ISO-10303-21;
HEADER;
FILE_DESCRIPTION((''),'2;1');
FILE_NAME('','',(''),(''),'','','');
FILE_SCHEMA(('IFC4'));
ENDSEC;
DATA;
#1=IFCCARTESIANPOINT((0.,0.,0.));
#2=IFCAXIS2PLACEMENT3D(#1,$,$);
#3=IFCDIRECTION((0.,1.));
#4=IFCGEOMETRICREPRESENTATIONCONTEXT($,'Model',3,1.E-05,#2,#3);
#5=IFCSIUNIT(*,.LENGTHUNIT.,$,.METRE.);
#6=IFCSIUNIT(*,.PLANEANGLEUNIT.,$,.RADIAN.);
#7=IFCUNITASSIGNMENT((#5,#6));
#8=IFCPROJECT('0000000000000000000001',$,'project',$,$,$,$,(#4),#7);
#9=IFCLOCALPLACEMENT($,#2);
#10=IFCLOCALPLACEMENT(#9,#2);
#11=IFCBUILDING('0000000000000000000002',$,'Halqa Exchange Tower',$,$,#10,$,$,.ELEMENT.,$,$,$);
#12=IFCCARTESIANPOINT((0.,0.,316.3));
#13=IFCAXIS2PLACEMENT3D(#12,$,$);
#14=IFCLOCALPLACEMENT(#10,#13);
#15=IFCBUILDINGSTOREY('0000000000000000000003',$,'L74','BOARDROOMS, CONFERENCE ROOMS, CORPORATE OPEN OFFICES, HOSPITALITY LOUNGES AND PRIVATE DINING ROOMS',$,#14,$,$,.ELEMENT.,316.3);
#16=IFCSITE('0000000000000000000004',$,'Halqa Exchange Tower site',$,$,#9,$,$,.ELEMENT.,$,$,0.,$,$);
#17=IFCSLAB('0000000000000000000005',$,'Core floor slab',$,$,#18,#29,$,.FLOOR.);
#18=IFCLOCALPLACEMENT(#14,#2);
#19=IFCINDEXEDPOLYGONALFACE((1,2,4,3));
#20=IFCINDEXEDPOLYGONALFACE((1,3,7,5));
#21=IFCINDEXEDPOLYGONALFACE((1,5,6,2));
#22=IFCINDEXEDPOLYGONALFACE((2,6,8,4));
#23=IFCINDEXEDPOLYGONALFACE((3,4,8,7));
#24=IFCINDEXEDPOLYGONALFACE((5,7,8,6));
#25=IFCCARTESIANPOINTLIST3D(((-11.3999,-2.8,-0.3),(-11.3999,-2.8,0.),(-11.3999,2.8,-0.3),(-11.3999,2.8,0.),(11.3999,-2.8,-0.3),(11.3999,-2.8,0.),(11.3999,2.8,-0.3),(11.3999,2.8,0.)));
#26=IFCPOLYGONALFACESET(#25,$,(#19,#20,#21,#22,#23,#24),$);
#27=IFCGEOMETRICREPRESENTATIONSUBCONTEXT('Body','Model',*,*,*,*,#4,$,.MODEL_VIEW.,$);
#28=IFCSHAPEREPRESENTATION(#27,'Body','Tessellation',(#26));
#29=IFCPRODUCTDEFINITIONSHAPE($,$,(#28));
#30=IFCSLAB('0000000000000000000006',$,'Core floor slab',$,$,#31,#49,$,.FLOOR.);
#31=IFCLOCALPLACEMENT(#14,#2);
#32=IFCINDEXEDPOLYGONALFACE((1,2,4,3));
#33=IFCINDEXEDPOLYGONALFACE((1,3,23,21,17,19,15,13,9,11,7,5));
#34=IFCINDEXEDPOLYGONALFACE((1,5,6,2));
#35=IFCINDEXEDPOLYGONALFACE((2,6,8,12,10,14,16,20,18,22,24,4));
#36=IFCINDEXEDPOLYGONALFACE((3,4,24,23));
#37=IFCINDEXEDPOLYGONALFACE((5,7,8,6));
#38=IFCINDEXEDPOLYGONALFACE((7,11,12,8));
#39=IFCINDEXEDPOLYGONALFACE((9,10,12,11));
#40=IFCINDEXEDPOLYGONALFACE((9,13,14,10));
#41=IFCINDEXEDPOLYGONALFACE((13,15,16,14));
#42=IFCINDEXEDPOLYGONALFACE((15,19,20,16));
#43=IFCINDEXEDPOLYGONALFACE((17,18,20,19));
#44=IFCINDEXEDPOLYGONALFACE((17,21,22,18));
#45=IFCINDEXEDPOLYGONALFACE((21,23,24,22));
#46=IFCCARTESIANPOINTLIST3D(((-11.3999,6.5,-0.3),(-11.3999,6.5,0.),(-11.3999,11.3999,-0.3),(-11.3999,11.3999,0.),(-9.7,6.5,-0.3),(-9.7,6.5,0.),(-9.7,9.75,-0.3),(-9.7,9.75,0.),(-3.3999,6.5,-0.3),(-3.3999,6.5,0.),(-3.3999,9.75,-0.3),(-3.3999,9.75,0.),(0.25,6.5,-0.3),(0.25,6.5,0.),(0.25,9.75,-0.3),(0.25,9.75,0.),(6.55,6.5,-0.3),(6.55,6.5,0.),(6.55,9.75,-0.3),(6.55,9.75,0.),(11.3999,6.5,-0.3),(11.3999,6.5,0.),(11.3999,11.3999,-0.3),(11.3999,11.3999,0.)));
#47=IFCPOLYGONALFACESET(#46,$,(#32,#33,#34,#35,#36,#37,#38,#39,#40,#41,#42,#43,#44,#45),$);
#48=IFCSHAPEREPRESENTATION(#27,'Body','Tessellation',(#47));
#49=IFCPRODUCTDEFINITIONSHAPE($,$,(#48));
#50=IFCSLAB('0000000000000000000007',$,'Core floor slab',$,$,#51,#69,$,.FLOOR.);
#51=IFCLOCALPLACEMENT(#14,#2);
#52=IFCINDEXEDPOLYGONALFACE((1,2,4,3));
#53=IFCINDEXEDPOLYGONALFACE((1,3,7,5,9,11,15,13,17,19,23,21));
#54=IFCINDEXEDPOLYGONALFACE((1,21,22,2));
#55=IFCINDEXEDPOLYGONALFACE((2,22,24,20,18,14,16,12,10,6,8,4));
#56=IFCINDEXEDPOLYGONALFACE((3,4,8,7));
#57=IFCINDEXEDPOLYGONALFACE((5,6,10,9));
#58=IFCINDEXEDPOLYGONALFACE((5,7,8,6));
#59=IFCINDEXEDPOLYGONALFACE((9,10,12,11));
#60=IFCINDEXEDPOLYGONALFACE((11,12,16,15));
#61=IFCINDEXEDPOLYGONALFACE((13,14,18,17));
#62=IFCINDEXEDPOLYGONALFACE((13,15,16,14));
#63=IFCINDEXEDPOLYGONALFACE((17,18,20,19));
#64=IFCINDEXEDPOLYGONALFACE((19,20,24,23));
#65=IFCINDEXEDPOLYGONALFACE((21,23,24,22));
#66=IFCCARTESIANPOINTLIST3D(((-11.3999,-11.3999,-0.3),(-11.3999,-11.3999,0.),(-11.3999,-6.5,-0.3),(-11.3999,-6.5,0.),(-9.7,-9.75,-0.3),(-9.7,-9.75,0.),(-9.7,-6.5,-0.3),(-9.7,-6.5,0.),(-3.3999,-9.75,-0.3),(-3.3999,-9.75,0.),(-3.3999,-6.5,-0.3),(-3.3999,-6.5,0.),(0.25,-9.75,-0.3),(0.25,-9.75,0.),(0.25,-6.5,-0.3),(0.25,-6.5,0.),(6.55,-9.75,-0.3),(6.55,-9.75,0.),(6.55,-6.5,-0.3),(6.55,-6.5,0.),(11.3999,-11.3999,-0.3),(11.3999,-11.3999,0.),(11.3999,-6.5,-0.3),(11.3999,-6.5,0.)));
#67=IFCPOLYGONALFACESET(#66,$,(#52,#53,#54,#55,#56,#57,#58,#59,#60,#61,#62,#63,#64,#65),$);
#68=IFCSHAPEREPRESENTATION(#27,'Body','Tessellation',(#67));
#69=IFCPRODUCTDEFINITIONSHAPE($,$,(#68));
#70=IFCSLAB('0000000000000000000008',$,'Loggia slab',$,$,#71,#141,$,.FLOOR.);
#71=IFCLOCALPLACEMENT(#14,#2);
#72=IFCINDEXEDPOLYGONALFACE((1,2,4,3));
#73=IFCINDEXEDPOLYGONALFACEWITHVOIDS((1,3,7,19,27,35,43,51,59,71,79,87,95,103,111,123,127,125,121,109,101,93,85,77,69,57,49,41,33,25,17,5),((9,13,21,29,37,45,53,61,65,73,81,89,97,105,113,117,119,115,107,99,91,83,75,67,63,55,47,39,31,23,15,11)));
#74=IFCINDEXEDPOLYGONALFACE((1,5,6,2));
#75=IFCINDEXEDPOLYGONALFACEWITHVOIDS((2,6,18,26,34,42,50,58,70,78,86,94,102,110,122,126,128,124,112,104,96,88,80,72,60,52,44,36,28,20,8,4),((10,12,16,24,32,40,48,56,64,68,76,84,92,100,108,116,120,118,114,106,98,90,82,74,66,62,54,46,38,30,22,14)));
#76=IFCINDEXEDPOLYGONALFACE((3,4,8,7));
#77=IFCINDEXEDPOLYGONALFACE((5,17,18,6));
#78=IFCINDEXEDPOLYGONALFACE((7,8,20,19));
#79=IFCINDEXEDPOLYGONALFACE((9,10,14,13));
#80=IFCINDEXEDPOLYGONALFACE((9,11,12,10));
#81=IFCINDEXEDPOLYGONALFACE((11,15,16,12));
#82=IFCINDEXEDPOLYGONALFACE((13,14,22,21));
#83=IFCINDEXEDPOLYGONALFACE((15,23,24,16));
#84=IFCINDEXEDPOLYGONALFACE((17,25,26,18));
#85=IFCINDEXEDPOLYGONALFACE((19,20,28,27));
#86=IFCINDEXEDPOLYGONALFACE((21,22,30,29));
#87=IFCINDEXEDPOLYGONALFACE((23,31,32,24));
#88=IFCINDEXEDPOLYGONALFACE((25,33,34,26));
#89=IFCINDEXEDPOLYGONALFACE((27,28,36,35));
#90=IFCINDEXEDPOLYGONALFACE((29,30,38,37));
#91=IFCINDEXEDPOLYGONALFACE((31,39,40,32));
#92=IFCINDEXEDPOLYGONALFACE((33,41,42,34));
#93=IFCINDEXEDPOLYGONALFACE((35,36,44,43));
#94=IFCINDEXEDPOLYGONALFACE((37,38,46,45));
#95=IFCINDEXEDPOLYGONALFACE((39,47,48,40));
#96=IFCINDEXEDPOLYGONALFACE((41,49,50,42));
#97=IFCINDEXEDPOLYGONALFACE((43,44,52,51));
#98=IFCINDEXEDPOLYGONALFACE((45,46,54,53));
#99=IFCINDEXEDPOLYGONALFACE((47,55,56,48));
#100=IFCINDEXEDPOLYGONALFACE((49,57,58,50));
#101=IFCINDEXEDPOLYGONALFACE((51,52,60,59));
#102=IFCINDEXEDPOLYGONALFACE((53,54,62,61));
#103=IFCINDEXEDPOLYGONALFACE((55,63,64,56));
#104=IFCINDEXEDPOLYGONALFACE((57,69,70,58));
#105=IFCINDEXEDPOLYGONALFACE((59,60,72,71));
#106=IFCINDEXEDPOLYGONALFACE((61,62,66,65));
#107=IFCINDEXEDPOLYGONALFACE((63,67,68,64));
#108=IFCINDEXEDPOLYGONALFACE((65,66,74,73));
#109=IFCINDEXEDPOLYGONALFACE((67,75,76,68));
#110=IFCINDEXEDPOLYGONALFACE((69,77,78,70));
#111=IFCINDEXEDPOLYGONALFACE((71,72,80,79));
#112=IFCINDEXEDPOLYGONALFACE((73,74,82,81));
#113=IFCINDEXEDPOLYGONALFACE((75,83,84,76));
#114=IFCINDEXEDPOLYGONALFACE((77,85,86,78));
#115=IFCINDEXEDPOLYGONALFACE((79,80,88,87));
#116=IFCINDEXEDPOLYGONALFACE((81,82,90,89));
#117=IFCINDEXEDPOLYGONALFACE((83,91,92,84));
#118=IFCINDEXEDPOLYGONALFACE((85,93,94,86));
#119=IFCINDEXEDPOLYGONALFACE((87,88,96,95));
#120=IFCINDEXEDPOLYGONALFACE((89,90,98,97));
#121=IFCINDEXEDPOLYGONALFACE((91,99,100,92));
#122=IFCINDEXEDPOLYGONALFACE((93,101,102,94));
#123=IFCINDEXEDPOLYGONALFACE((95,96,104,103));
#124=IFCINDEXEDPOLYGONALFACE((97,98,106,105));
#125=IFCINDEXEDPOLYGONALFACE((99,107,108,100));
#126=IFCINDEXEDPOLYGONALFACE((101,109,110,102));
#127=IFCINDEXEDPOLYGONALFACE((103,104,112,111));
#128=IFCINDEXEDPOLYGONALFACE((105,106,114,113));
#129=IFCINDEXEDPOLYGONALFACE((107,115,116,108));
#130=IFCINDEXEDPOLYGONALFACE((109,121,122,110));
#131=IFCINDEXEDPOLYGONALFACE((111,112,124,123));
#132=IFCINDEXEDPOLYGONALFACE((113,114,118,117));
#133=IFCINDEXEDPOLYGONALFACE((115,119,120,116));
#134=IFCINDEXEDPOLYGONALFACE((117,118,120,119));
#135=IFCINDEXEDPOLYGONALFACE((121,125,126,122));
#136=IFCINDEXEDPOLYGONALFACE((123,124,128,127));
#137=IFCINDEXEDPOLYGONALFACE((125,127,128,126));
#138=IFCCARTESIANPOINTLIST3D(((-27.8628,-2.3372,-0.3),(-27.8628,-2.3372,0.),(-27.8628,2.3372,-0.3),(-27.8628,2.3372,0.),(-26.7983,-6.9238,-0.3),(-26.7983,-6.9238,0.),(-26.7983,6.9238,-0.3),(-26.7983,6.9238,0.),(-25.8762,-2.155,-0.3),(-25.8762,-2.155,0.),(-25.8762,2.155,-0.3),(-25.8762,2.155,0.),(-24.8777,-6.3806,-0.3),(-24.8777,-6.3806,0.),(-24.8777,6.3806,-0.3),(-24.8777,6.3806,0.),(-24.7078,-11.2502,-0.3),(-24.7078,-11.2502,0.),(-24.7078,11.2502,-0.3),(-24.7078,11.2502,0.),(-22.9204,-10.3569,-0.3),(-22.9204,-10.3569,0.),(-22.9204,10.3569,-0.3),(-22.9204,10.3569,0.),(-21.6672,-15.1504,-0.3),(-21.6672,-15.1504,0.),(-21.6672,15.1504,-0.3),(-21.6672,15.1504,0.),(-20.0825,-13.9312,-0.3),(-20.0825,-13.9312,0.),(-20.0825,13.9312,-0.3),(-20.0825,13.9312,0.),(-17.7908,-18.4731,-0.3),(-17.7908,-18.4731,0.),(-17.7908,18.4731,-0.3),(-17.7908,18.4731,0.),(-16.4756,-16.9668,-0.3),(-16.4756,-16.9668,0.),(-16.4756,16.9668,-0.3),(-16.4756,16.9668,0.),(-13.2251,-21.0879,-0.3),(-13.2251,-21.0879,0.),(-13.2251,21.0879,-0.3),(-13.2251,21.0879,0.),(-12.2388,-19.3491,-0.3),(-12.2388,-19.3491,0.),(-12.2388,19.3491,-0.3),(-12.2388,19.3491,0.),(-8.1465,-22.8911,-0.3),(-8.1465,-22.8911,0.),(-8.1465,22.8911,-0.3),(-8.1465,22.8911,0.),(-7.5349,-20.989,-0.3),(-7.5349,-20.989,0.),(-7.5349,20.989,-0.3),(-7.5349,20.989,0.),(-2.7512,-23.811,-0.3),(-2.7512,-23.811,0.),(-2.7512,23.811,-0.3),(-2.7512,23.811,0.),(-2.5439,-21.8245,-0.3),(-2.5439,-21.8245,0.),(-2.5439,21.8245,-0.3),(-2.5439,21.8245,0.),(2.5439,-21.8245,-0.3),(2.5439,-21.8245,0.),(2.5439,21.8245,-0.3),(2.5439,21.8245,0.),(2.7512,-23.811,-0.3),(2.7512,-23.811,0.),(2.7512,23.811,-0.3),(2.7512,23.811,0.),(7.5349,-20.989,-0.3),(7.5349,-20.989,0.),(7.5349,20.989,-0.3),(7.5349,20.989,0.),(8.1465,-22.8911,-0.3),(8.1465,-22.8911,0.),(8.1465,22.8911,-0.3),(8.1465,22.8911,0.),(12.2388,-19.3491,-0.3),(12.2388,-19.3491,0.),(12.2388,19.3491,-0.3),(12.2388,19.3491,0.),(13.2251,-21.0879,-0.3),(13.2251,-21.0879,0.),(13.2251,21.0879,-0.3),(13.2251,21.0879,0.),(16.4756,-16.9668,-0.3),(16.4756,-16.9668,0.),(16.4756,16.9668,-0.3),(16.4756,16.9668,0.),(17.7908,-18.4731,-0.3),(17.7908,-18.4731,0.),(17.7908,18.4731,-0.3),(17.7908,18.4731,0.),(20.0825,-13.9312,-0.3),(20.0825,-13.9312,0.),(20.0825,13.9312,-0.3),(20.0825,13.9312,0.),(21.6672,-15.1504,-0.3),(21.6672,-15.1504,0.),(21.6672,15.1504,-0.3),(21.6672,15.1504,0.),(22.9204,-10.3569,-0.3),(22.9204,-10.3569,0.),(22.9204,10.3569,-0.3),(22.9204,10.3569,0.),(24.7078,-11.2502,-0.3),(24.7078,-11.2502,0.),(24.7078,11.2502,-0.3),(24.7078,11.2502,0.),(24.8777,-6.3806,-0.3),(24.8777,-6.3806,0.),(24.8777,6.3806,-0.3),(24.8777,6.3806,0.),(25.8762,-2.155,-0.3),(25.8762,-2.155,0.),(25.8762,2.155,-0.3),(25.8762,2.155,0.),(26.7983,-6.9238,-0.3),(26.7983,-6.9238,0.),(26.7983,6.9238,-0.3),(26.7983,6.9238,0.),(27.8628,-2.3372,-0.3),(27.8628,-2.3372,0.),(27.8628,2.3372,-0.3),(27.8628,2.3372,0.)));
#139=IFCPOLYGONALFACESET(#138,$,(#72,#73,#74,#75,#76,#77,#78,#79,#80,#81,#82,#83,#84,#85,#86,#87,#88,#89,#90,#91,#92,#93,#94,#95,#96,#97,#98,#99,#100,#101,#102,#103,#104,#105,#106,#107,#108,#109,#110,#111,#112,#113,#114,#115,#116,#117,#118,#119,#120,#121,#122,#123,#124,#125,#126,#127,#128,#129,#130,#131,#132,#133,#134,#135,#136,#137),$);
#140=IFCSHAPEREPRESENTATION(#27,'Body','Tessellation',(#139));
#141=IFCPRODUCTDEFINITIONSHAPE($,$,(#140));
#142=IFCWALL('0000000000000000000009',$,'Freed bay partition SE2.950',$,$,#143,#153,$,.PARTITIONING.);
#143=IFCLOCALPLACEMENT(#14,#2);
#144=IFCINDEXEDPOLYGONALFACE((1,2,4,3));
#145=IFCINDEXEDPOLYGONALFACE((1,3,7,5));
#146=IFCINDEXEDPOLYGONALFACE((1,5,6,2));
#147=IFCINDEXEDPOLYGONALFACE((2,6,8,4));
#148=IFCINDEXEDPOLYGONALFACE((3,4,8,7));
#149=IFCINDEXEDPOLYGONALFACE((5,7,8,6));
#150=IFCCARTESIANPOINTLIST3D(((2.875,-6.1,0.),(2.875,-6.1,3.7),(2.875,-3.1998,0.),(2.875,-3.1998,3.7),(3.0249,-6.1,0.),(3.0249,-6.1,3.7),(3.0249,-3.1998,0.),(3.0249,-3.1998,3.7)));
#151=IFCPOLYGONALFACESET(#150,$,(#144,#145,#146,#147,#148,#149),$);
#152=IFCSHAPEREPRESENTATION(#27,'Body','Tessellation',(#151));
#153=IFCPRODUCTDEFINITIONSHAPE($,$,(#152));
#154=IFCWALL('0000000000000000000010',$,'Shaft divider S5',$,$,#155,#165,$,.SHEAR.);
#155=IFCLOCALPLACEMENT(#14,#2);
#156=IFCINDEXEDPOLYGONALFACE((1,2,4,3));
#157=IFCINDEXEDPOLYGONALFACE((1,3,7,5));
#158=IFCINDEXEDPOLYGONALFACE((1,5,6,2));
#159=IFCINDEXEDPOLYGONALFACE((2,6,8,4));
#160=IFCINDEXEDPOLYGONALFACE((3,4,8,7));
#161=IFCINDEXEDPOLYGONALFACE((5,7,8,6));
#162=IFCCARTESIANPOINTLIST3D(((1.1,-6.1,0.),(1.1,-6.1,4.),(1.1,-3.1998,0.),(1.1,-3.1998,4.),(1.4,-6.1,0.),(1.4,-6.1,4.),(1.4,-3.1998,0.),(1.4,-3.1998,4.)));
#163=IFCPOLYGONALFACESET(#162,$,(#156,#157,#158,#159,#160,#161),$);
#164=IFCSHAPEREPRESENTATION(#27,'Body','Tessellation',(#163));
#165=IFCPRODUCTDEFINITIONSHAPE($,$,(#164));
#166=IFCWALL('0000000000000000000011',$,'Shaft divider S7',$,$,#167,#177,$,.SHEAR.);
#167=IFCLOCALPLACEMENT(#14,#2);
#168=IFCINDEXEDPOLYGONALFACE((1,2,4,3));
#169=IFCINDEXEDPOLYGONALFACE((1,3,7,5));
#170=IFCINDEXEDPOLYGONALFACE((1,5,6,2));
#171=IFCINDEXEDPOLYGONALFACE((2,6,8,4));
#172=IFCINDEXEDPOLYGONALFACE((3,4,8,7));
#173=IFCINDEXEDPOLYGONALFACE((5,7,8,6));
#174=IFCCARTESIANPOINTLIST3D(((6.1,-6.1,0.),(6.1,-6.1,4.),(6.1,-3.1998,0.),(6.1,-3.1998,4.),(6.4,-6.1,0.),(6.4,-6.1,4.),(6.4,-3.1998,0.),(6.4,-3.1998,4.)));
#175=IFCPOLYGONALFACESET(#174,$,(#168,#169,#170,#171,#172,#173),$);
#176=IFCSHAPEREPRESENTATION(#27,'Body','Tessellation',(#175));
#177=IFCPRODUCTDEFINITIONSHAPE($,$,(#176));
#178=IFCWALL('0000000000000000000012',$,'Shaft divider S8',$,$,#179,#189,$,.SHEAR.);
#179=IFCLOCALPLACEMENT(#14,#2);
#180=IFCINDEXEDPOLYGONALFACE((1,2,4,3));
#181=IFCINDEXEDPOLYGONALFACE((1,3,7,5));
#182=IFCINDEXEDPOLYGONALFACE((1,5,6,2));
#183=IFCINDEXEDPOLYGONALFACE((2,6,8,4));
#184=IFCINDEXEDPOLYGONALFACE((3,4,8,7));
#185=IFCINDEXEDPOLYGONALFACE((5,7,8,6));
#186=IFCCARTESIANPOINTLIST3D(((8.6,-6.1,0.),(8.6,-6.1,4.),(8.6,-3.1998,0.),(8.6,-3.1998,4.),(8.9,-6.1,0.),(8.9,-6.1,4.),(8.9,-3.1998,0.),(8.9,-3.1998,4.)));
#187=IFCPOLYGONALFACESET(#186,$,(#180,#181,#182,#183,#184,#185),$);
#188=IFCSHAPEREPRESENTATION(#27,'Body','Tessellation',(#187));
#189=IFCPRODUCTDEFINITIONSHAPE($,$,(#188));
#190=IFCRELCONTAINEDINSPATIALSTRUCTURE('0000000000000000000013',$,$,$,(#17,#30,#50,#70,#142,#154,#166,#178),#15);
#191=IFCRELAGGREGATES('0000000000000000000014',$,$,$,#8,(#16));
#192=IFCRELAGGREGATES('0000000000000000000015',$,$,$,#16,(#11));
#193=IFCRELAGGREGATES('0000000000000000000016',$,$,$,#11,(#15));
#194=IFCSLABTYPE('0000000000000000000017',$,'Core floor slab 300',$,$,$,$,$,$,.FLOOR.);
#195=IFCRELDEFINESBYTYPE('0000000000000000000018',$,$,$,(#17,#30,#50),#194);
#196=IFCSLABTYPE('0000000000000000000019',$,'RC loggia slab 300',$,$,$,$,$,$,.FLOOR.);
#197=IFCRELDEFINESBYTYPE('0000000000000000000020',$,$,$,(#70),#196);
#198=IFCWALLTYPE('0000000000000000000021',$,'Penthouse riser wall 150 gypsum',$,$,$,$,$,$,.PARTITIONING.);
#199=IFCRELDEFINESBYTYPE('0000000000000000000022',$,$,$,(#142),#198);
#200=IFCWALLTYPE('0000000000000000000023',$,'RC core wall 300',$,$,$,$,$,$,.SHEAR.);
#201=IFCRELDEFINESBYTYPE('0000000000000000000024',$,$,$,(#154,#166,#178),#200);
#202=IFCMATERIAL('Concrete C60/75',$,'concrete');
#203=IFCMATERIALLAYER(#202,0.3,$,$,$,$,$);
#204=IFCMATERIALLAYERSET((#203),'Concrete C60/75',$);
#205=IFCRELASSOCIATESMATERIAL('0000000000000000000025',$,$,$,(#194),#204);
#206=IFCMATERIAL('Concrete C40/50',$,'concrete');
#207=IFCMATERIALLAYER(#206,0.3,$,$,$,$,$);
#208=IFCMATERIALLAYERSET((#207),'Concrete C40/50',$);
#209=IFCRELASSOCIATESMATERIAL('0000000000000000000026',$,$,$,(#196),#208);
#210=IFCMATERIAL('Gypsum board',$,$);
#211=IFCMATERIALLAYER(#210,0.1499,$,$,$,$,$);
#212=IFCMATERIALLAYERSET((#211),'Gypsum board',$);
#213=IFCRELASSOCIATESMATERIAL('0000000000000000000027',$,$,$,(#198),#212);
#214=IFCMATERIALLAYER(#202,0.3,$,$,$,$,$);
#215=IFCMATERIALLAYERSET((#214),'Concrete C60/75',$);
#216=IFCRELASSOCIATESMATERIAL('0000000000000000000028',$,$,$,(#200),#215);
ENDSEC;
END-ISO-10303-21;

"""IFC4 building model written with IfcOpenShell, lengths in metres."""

from ifc_helpers import new_model, si_unit, direction, frame, frame_2d, origin, place, context, subcontext, project, spatial, polyline, rectangle, outline, extrude, material, layer, layer_set, type_object, element, save


model = new_model("IFC4")

# Units and contexts
model_context = context("Model", 3, precision=1e-05, world=origin(), true_north=direction((0.0, 1.0)))
body_context = subcontext(model_context, "Body", "Model", "MODEL_VIEW")
ifc_project = project(units=[si_unit("LENGTHUNIT", "METRE"), si_unit("PLANEANGLEUNIT", "RADIAN")], contexts=[model_context])

# Site, building, storey
site_placement = place(None, origin())
site = spatial("IfcSite", under=ifc_project, at=site_placement, Name="Halqa Exchange Tower site", CompositionType="ELEMENT", RefElevation=0.0)
building_placement = place(site_placement, origin())
building = spatial("IfcBuilding", under=site, at=building_placement, Name="Halqa Exchange Tower", CompositionType="ELEMENT")
storey_placement = place(building_placement, frame((0.0, 0.0, 316.3)))
storey = spatial("IfcBuildingStorey", under=building, at=storey_placement, Name="L74", Description="BOARDROOMS, CONFERENCE ROOMS, CORPORATE OPEN OFFICES, HOSPITALITY LOUNGES AND PRIVATE DINING ROOMS", CompositionType="ELEMENT", Elevation=316.3)

# Slabs
ifc_material_1 = material(Name="Concrete C60/75", Category="concrete")
ifc_layer_1 = layer(ifc_material_1, 0.3)
ifc_layer_set_1 = layer_set([ifc_layer_1], Name="Concrete C60/75")
slab_type_1 = type_object("IfcSlabType", Name="Core floor slab 300", PredefinedType="FLOOR", material=ifc_layer_set_1)
slab_1_placement = place(storey_placement, frame((0.0, 0.0, -0.3)))
element("IfcSlab", 1, at=slab_1_placement, inside=storey, type_object=slab_type_1, Name="Core floor slab", PredefinedType="FLOOR", context=body_context, shape_type="SweptSolid", body=[
    extrude(outline(polyline([(-11.3999, 2.8), (11.3999, 2.8), (11.3999, -2.8), (-11.3999, -2.8), (-11.3999, 2.8)])), origin(), (0.0, 0.0, 1.0), 0.3),
])
slab_2_placement = place(storey_placement, frame((0.0, 0.0, -0.3)))
element("IfcSlab", 2, at=slab_2_placement, inside=storey, type_object=slab_type_1, Name="Core floor slab", PredefinedType="FLOOR", context=body_context, shape_type="SweptSolid", body=[
    extrude(outline(polyline([(-11.3999, 11.3999), (11.3999, 11.3999), (11.3999, 6.5), (6.55, 6.5), (6.55, 9.75), (0.25, 9.75), (0.25, 6.5), (-3.3999, 6.5), (-3.3999, 9.75), (-9.7, 9.75), (-9.7, 6.5), (-11.3999, 6.5), (-11.3999, 11.3999)])), origin(), (0.0, 0.0, 1.0), 0.3),
])
slab_3_placement = place(storey_placement, frame((0.0, 0.0, -0.3)))
element("IfcSlab", 3, at=slab_3_placement, inside=storey, type_object=slab_type_1, Name="Core floor slab", PredefinedType="FLOOR", context=body_context, shape_type="SweptSolid", body=[
    extrude(outline(polyline([(-11.3999, -6.5), (-9.7, -6.5), (-9.7, -9.75), (-3.3999, -9.75), (-3.3999, -6.5), (0.25, -6.5), (0.25, -9.75), (6.55, -9.75), (6.55, -6.5), (11.3999, -6.5), (11.3999, -11.3999), (-11.3999, -11.3999), (-11.3999, -6.5)])), origin(), (0.0, 0.0, 1.0), 0.3),
])
ifc_material_2 = material(Name="Concrete C40/50", Category="concrete")
ifc_layer_2 = layer(ifc_material_2, 0.3)
ifc_layer_set_2 = layer_set([ifc_layer_2], Name="Concrete C40/50")
slab_type_2 = type_object("IfcSlabType", Name="RC loggia slab 300", PredefinedType="FLOOR", material=ifc_layer_set_2)
slab_4_placement = place(storey_placement, frame((0.0, 0.0, -0.3)))
element("IfcSlab", 4, at=slab_4_placement, inside=storey, type_object=slab_type_2, Name="Loggia slab", PredefinedType="FLOOR", context=body_context, shape_type="SweptSolid", body=[
    extrude(outline(polyline([(27.8628, 2.3372), (27.8628, -2.3372), (26.7983, -6.9238), (24.7078, -11.2502), (21.6672, -15.1504), (17.7908, -18.4731), (13.2251, -21.0879), (8.1465, -22.8911), (2.7512, -23.811), (-2.7512, -23.811), (-8.1465, -22.8911), (-13.2251, -21.0879), (-17.7908, -18.4731), (-21.6672, -15.1504), (-24.7078, -11.2502), (-26.7983, -6.9238), (-27.8628, -2.3372), (-27.8628, 2.3372), (-26.7983, 6.9238), (-24.7078, 11.2502), (-21.6672, 15.1504), (-17.7908, 18.4731), (-13.2251, 21.0879), (-8.1465, 22.8911), (-2.7512, 23.811), (2.7512, 23.811), (8.1465, 22.8911), (13.2251, 21.0879), (17.7908, 18.4731), (21.6672, 15.1504), (24.7078, 11.2502), (26.7983, 6.9238), (27.8628, 2.3372)]), holes=[polyline([(25.8762, 2.155), (24.8777, 6.3806), (22.9204, 10.3569), (20.0825, 13.9312), (16.4756, 16.9668), (12.2388, 19.3491), (7.5349, 20.989), (2.5439, 21.8245), (-2.5439, 21.8245), (-7.5349, 20.989), (-12.2388, 19.3491), (-16.4756, 16.9668), (-20.0825, 13.9312), (-22.9204, 10.3569), (-24.8777, 6.3806), (-25.8762, 2.155), (-25.8762, -2.155), (-24.8777, -6.3806), (-22.9204, -10.3569), (-20.0825, -13.9312), (-16.4756, -16.9668), (-12.2388, -19.3491), (-7.5349, -20.989), (-2.5439, -21.8245), (2.5439, -21.8245), (7.5349, -20.989), (12.2388, -19.3491), (16.4756, -16.9668), (20.0825, -13.9312), (22.9204, -10.3569), (24.8777, -6.3806), (25.8762, -2.155), (25.8762, 2.155)])]), origin(), (0.0, 0.0, 1.0), 0.3),
])

# Walls
ifc_material_3 = material(Name="Gypsum board")
ifc_layer_3 = layer(ifc_material_3, 0.1499)
ifc_layer_set_3 = layer_set([ifc_layer_3], Name="Gypsum board")
wall_type_1 = type_object("IfcWallType", Name="Penthouse riser wall 150 gypsum", PredefinedType="PARTITIONING", material=ifc_layer_set_3)
wall_1_placement = place(storey_placement, frame((2.95, -6.1001, 0.0), z_axis=(0.0, 0.0, 1.0), x_axis=(0.0, 1.0, 0.0)))
element("IfcWall", 5, at=wall_1_placement, inside=storey, type_object=wall_type_1, Name="Freed bay partition SE2.950", PredefinedType="PARTITIONING", context=body_context, shape_type="SweptSolid", body=[
    extrude(rectangle(XDim=2.9001, YDim=0.1499, at=frame_2d((1.4502, 0.0))), origin(), (0.0, 0.0, 1.0), 3.7),
])
ifc_layer_4 = layer(ifc_material_1, 0.3)
ifc_layer_set_4 = layer_set([ifc_layer_4], Name="Concrete C60/75")
wall_type_2 = type_object("IfcWallType", Name="RC core wall 300", PredefinedType="SHEAR", material=ifc_layer_set_4)
for number, where, z_axis, x_axis, name in (
    (6, (1.25, -6.1001, 0.0), (0.0, 0.0, 1.0), (0.0, 1.0, 0.0), "Shaft divider S5"),
    (7, (6.25, -6.1001, 0.0), (0.0, 0.0, 1.0), (0.0, 1.0, 0.0), "Shaft divider S7"),
    (8, (8.75, -6.1001, 0.0), (0.0, 0.0, 1.0), (0.0, 1.0, 0.0), "Shaft divider S8"),
):
    element("IfcWall", number, at=place(storey_placement, frame(where, z_axis=z_axis, x_axis=x_axis)), inside=storey, type_object=wall_type_2, Name=name, PredefinedType="SHEAR", context=body_context, shape_type="SweptSolid", body=[
        extrude(rectangle(XDim=2.9001, YDim=0.3, at=frame_2d((1.4502, 0.0))), origin(), (0.0, 0.0, 1.0), 4.0),
    ])

save(model, "model.ifc")
